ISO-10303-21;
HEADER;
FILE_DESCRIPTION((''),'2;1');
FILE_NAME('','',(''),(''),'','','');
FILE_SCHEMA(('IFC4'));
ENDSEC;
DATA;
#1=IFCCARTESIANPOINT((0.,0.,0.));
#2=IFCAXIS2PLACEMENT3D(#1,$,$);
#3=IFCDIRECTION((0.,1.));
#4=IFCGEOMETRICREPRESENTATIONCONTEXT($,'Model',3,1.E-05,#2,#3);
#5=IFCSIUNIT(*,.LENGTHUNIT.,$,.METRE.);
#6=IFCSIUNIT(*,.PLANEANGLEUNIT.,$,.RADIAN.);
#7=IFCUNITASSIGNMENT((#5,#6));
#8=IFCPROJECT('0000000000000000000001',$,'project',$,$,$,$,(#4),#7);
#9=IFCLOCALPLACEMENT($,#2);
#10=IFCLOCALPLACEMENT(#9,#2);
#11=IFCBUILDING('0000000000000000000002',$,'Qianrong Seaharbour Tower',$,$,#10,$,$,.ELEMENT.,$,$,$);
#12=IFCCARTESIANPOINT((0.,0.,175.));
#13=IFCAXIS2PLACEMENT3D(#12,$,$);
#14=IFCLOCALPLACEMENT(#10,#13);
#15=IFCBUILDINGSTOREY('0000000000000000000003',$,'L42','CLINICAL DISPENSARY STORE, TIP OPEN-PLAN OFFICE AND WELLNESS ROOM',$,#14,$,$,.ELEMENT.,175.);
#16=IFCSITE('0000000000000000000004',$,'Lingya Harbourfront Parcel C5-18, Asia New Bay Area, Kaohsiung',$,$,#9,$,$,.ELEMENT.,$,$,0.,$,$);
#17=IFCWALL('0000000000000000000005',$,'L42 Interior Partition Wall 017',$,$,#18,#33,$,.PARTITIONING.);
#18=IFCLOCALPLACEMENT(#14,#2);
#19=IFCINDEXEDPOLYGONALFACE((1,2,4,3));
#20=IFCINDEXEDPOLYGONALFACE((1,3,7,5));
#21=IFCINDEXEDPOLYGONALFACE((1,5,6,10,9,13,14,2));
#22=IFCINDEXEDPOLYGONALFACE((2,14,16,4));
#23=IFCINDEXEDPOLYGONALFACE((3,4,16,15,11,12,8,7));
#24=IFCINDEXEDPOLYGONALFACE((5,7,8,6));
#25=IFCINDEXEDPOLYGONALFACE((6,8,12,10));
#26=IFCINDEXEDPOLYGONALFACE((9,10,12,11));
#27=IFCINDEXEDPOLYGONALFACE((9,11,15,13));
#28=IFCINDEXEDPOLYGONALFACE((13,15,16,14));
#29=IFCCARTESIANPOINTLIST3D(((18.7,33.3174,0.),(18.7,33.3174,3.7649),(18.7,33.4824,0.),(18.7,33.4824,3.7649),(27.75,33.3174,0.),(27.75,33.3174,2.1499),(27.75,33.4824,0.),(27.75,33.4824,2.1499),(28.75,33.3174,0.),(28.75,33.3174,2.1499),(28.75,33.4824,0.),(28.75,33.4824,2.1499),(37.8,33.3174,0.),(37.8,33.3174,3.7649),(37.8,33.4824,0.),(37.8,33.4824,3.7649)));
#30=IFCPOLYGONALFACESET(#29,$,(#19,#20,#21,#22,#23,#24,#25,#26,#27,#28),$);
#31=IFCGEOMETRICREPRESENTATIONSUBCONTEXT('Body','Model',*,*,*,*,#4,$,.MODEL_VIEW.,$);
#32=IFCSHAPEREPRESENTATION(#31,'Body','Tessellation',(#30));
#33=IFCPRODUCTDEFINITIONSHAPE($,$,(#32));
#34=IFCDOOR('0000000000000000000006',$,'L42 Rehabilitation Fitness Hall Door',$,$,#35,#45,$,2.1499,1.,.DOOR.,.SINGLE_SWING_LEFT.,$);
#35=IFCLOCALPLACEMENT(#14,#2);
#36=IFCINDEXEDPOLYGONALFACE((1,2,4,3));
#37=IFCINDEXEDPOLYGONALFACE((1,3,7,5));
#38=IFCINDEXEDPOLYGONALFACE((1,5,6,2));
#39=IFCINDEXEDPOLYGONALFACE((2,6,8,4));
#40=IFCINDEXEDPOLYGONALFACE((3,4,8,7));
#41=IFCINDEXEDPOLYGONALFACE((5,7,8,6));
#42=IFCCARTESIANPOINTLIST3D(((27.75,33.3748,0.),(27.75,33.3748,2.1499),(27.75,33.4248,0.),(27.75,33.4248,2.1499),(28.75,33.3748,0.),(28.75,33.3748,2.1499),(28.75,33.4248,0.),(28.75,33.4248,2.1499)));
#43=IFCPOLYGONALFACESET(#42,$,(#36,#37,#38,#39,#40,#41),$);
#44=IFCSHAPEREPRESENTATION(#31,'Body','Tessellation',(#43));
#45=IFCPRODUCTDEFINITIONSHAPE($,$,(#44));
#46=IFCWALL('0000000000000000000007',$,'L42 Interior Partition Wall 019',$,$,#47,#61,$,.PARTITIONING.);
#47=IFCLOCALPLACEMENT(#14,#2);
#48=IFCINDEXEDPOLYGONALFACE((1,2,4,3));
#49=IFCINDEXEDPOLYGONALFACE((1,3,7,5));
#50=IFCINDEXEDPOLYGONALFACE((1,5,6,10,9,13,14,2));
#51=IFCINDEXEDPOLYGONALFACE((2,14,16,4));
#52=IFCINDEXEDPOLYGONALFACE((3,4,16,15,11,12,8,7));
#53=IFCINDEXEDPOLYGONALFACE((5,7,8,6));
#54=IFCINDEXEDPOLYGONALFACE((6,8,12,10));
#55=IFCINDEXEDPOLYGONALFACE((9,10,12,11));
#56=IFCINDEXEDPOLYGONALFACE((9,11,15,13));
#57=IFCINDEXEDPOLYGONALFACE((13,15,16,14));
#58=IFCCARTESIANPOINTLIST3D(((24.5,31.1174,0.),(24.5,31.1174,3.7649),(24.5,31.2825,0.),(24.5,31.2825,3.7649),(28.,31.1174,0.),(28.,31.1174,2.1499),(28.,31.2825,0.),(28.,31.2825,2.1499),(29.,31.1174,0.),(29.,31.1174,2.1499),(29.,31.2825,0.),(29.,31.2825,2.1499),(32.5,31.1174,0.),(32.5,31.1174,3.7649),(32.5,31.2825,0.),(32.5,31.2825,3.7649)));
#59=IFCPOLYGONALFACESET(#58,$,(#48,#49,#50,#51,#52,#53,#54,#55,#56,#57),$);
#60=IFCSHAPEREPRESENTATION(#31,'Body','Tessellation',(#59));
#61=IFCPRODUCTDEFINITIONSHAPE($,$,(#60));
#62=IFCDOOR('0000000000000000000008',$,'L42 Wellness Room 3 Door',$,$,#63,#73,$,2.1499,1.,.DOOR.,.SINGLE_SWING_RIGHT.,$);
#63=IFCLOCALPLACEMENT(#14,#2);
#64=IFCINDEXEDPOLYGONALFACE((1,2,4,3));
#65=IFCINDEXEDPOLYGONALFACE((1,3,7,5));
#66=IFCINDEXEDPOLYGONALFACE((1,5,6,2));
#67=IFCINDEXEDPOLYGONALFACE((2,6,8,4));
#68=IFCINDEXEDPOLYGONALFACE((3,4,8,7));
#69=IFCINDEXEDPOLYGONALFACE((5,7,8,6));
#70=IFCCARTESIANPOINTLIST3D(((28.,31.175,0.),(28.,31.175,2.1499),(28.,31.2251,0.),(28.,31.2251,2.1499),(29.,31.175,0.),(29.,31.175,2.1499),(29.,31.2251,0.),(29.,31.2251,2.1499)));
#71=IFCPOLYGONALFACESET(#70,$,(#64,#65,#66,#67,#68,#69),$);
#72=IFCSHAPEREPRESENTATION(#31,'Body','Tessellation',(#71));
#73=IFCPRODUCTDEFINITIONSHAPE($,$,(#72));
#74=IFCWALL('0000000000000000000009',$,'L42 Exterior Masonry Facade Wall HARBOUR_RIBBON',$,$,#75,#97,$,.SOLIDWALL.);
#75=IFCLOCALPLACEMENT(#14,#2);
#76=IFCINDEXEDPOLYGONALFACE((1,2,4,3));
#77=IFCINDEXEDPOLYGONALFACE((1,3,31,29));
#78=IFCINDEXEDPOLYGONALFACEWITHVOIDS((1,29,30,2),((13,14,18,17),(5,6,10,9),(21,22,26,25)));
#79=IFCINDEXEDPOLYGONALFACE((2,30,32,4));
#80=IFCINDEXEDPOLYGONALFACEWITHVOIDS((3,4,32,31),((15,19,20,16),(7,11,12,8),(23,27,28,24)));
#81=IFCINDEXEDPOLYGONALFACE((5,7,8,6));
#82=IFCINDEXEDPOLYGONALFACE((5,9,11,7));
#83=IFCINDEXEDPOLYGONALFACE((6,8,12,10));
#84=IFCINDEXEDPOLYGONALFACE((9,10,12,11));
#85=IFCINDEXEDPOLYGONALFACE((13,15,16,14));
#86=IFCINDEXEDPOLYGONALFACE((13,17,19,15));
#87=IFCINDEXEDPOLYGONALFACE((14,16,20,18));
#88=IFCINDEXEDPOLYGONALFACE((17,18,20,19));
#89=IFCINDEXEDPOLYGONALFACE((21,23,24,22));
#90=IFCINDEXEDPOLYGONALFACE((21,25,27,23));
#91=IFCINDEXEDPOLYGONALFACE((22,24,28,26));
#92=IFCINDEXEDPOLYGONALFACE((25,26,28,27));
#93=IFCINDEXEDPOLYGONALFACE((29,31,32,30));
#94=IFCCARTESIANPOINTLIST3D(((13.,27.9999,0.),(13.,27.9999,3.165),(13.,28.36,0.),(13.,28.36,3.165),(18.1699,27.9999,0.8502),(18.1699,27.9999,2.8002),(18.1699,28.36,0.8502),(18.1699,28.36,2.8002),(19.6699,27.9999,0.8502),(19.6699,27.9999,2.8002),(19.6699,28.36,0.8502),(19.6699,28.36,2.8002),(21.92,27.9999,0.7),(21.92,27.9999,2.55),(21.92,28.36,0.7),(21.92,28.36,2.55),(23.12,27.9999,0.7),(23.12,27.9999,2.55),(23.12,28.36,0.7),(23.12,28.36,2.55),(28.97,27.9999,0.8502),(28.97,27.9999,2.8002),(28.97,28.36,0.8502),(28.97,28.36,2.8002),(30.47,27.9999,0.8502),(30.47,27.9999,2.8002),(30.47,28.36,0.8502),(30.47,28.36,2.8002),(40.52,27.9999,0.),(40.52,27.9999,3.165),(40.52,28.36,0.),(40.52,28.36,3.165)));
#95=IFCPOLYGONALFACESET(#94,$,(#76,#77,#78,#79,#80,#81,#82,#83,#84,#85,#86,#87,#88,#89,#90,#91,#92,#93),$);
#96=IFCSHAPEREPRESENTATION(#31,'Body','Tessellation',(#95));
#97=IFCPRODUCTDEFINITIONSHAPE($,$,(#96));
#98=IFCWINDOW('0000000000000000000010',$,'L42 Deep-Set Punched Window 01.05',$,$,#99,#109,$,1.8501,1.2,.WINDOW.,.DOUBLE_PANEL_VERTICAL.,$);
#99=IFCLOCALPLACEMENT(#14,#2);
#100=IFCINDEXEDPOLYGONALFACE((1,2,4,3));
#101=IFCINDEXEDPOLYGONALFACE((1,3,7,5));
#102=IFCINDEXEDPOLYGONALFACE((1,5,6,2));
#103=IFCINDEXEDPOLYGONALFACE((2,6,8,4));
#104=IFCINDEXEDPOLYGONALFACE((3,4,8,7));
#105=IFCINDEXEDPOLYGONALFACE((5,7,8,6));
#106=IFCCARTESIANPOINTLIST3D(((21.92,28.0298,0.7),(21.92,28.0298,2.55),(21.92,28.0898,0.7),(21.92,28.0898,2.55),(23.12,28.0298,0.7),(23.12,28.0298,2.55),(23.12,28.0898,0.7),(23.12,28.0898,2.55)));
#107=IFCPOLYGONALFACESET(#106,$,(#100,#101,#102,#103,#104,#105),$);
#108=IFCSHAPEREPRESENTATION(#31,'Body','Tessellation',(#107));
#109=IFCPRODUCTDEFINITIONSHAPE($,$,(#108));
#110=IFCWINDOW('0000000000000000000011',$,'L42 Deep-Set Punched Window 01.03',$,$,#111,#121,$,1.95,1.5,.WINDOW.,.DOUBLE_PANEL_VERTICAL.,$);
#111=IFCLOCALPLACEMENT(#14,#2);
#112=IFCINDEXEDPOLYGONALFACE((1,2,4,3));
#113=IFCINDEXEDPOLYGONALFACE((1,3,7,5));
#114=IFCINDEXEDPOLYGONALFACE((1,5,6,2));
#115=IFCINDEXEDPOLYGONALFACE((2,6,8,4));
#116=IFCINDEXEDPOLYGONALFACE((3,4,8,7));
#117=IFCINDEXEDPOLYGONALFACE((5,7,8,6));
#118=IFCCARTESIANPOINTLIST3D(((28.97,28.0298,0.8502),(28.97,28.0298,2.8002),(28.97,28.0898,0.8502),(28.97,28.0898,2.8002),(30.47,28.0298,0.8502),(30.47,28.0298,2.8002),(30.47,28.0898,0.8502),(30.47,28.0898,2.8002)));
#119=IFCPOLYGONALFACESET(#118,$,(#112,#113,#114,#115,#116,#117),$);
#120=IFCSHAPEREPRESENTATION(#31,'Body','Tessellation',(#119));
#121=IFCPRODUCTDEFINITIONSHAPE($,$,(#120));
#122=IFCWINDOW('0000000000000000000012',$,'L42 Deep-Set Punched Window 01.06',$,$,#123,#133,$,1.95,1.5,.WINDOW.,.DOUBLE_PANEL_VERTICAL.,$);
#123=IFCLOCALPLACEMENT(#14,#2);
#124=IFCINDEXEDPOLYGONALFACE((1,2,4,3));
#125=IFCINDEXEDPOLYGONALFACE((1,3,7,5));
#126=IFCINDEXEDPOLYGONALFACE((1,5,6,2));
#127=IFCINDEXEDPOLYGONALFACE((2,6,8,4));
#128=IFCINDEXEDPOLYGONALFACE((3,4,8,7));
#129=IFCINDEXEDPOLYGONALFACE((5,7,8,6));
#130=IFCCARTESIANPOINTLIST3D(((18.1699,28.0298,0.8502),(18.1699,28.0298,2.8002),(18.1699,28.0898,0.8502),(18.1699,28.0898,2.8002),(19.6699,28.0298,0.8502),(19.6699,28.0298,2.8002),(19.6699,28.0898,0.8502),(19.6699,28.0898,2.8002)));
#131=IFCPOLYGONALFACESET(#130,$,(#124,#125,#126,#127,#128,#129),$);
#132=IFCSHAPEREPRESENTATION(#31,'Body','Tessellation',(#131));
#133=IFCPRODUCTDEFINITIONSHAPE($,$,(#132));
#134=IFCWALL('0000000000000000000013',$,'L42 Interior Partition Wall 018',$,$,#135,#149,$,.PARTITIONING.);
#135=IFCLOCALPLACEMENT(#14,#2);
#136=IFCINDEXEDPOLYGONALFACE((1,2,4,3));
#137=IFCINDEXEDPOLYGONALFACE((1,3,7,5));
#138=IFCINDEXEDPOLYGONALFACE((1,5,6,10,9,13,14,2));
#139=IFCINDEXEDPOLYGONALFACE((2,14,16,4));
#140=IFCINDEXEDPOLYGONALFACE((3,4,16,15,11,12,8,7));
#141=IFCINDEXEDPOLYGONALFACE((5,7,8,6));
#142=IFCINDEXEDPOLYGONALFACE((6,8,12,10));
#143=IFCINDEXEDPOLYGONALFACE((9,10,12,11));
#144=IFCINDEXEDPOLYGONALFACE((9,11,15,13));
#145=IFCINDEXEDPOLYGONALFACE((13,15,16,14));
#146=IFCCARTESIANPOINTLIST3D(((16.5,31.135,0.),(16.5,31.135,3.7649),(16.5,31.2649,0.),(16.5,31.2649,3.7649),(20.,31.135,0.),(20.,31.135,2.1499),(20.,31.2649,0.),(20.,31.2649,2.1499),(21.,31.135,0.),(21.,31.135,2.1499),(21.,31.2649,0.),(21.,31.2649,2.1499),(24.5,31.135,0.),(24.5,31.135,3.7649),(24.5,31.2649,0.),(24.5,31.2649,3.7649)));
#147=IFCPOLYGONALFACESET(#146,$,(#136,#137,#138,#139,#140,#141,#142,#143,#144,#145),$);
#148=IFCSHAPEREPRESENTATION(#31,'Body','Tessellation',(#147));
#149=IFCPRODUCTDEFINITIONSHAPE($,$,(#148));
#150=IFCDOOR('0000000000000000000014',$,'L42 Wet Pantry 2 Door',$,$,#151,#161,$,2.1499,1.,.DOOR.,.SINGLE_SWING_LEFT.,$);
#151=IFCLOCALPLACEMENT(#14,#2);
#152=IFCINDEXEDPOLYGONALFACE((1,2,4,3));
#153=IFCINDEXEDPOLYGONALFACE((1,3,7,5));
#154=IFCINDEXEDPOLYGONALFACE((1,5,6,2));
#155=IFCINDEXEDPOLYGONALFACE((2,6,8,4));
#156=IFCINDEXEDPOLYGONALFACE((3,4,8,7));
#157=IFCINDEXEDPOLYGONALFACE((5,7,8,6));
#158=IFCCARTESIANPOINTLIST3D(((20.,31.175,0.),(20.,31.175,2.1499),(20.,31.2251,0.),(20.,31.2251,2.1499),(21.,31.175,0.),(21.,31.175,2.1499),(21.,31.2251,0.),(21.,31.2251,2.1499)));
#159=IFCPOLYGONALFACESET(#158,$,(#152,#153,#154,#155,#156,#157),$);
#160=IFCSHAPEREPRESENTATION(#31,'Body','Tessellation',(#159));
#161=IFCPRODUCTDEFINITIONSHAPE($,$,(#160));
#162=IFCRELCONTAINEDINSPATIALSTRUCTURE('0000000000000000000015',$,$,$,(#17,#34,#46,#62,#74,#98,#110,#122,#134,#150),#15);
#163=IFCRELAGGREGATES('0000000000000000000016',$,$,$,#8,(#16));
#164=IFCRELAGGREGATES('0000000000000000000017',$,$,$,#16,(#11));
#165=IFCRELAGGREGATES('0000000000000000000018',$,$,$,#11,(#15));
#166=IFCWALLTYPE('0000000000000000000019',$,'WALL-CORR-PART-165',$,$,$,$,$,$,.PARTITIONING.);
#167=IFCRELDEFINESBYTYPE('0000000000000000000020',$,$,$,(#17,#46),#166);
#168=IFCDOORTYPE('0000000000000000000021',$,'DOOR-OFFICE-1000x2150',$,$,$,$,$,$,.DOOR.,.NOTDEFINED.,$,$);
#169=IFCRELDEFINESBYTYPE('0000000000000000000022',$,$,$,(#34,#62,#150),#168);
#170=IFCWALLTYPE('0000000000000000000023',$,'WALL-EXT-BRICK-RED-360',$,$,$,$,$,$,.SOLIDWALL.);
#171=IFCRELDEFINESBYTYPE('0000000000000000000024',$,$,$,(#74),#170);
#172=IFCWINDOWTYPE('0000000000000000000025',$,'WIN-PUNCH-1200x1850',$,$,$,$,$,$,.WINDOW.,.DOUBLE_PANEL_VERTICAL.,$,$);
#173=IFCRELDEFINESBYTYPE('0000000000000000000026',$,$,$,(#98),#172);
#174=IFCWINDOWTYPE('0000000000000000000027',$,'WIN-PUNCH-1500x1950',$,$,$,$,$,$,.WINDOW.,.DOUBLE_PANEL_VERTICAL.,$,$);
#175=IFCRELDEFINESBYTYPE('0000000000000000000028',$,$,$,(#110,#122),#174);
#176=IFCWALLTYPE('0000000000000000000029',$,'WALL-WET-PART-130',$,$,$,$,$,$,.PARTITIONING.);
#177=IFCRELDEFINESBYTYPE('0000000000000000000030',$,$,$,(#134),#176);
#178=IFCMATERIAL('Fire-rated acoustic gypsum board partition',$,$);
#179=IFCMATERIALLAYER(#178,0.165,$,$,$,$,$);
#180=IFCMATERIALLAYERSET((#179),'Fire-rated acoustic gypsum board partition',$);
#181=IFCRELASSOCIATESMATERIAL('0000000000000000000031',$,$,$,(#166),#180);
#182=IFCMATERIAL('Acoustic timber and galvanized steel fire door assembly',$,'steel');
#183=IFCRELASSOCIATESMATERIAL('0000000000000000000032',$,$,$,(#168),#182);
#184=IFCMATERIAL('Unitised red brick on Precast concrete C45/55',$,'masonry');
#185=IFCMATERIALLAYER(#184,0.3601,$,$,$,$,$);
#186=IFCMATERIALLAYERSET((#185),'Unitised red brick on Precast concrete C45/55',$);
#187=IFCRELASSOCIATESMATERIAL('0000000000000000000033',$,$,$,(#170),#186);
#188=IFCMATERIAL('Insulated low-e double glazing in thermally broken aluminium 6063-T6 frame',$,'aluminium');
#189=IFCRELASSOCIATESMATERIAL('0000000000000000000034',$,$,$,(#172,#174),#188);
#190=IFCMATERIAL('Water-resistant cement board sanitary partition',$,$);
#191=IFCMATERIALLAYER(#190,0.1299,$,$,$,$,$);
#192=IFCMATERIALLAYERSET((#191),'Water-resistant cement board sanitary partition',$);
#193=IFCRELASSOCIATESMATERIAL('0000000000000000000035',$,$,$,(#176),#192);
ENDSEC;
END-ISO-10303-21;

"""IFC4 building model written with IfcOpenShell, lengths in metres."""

from ifc_helpers import new_model, si_unit, direction, frame, frame_2d, origin, place, context, subcontext, project, spatial, rectangle, extrude, material, layer, layer_set, type_object, element, fill, save


model = new_model("IFC4")

# Units and contexts
model_context = context("Model", 3, precision=1e-05, world=origin(), true_north=direction((0.0, 1.0)))
body_context = subcontext(model_context, "Body", "Model", "MODEL_VIEW")
ifc_project = project(units=[si_unit("LENGTHUNIT", "METRE"), si_unit("PLANEANGLEUNIT", "RADIAN")], contexts=[model_context])

# Site, building, storey
site_placement = place(None, origin())
site = spatial("IfcSite", under=ifc_project, at=site_placement, Name="Lingya Harbourfront Parcel C5-18, Asia New Bay Area, Kaohsiung", CompositionType="ELEMENT", RefElevation=0.0)
building_placement = place(site_placement, origin())
building = spatial("IfcBuilding", under=site, at=building_placement, Name="Qianrong Seaharbour Tower", CompositionType="ELEMENT")
storey_placement = place(building_placement, frame((0.0, 0.0, 175.0)))
storey = spatial("IfcBuildingStorey", under=building, at=storey_placement, Name="L42", Description="CLINICAL DISPENSARY STORE, TIP OPEN-PLAN OFFICE AND WELLNESS ROOM", CompositionType="ELEMENT", Elevation=175.0)

# Walls, openings, doors
ifc_material_1 = material(Name="Fire-rated acoustic gypsum board partition")
ifc_layer_1 = layer(ifc_material_1, 0.165)
ifc_layer_set_1 = layer_set([ifc_layer_1], Name="Fire-rated acoustic gypsum board partition")
wall_type_1 = type_object("IfcWallType", Name="WALL-CORR-PART-165", PredefinedType="PARTITIONING", material=ifc_layer_set_1)
wall_1_placement = place(storey_placement, frame((18.7, 33.3999, 0.0), z_axis=(0.0, 0.0, 1.0), x_axis=(1.0, 0.0, 0.0)))
wall_1 = element("IfcWall", 1, at=wall_1_placement, inside=storey, type_object=wall_type_1, Name="L42 Interior Partition Wall 017", PredefinedType="PARTITIONING", context=body_context, shape_type="SweptSolid", body=[
    extrude(rectangle(XDim=19.1001, YDim=0.165, at=frame_2d((9.55, 0.0))), origin(), (0.0, 0.0, 1.0), 3.7649),
])
opening_1_placement = place(wall_1_placement, frame((9.05, 0.0, 0.0)))
opening_1 = element("IfcOpeningElement", 2, at=opening_1_placement, cuts=wall_1, PredefinedType="OPENING", context=body_context, shape_type="SweptSolid", body=[
    extrude(rectangle(XDim=1.0, YDim=2.1499, at=frame_2d((0.5, 1.075))), frame((0.0, 0.0925, 0.0), z_axis=(0.0, -1.0, 0.0), x_axis=(1.0, 0.0, 0.0)), (0.0, 0.0, 1.0), 0.1851),
])
ifc_material_2 = material(Name="Acoustic timber and galvanized steel fire door assembly", Category="steel")
door_type = type_object("IfcDoorType", Name="DOOR-OFFICE-1000x2150", OperationType="NOTDEFINED", PredefinedType="DOOR", material=ifc_material_2)
door_1_placement = place(opening_1_placement, origin())
door_1 = element("IfcDoor", 3, at=door_1_placement, inside=storey, type_object=door_type, Name="L42 Rehabilitation Fitness Hall Door", OperationType="SINGLE_SWING_LEFT", OverallHeight=2.1499, OverallWidth=1.0, PredefinedType="DOOR", context=body_context, shape_type="SweptSolid", body=[
    extrude(rectangle(XDim=1.0, YDim=2.1499, at=frame_2d((0.5, 1.075))), frame((0.0, 0.0249, 0.0), z_axis=(0.0, -1.0, 0.0), x_axis=(1.0, 0.0, 0.0)), (0.0, 0.0, 1.0), 0.05),
])
fill(opening_1, door_1)
wall_2_placement = place(storey_placement, frame((32.5, 31.2, 0.0), z_axis=(0.0, 0.0, 1.0), x_axis=(-1.0, 0.0, 0.0)))
wall_2 = element("IfcWall", 4, at=wall_2_placement, inside=storey, type_object=wall_type_1, Name="L42 Interior Partition Wall 019", PredefinedType="PARTITIONING", context=body_context, shape_type="SweptSolid", body=[
    extrude(rectangle(XDim=8.0, YDim=0.165, at=frame_2d((4.0, 0.0))), origin(), (0.0, 0.0, 1.0), 3.7649),
])
opening_2_placement = place(wall_2_placement, frame((3.5, 0.0, 0.0)))
opening_2 = element("IfcOpeningElement", 5, at=opening_2_placement, cuts=wall_2, PredefinedType="OPENING", context=body_context, shape_type="SweptSolid", body=[
    extrude(rectangle(XDim=1.0, YDim=2.1499, at=frame_2d((0.5, 1.075))), frame((0.0, 0.0925, 0.0), z_axis=(0.0, -1.0, 0.0), x_axis=(1.0, 0.0, 0.0)), (0.0, 0.0, 1.0), 0.1851),
])
door_2_placement = place(opening_2_placement, origin())
door_2 = element("IfcDoor", 6, at=door_2_placement, inside=storey, type_object=door_type, Name="L42 Wellness Room 3 Door", OperationType="SINGLE_SWING_RIGHT", OverallHeight=2.1499, OverallWidth=1.0, PredefinedType="DOOR", context=body_context, shape_type="SweptSolid", body=[
    extrude(rectangle(XDim=1.0, YDim=2.1499, at=frame_2d((0.5, 1.075))), frame((0.0, 0.0249, 0.0), z_axis=(0.0, -1.0, 0.0), x_axis=(1.0, 0.0, 0.0)), (0.0, 0.0, 1.0), 0.05),
])
fill(opening_2, door_2)

# Wall, openings, windows
ifc_material_3 = material(Name="Unitised red brick on Precast concrete C45/55", Category="masonry")
ifc_layer_2 = layer(ifc_material_3, 0.3601)
ifc_layer_set_2 = layer_set([ifc_layer_2], Name="Unitised red brick on Precast concrete C45/55")
wall_type_2 = type_object("IfcWallType", Name="WALL-EXT-BRICK-RED-360", PredefinedType="SOLIDWALL", material=ifc_layer_set_2)
wall_3_placement = place(storey_placement, frame((40.52, 28.1799, 0.0), z_axis=(0.0, 0.0, 1.0), x_axis=(-1.0, 0.0, 0.0)))
wall_3 = element("IfcWall", 7, at=wall_3_placement, inside=storey, type_object=wall_type_2, Name="L42 Exterior Masonry Facade Wall HARBOUR_RIBBON", PredefinedType="SOLIDWALL", context=body_context, shape_type="SweptSolid", body=[
    extrude(rectangle(XDim=27.52, YDim=0.3601, at=frame_2d((13.76, 0.0))), origin(), (0.0, 0.0, 1.0), 3.165),
])
opening_3_placement = place(wall_3_placement, frame((10.05, 0.0, 0.8501)))
opening_3 = element("IfcOpeningElement", 8, at=opening_3_placement, cuts=wall_3, PredefinedType="OPENING", context=body_context, shape_type="SweptSolid", body=[
    extrude(rectangle(XDim=1.5, YDim=1.95, at=frame_2d((0.75, 0.9751))), frame((0.0, 0.1899, 0.0), z_axis=(0.0, -1.0, 0.0), x_axis=(1.0, 0.0, 0.0)), (0.0, 0.0, 1.0), 0.3801),
])
opening_4_placement = place(wall_3_placement, frame((17.3999, 0.0, 0.7)))
opening_4 = element("IfcOpeningElement", 9, at=opening_4_placement, cuts=wall_3, PredefinedType="OPENING", context=body_context, shape_type="SweptSolid", body=[
    extrude(rectangle(XDim=1.2, YDim=1.8501, at=frame_2d((0.6001, 0.925))), frame((0.0, 0.1899, 0.0), z_axis=(0.0, -1.0, 0.0), x_axis=(1.0, 0.0, 0.0)), (0.0, 0.0, 1.0), 0.3801),
])
opening_5_placement = place(wall_3_placement, frame((20.8501, 0.0, 0.8501)))
opening_5 = element("IfcOpeningElement", 10, at=opening_5_placement, cuts=wall_3, PredefinedType="OPENING", context=body_context, shape_type="SweptSolid", body=[
    extrude(rectangle(XDim=1.5, YDim=1.95, at=frame_2d((0.75, 0.9751))), frame((0.0, 0.1899, 0.0), z_axis=(0.0, -1.0, 0.0), x_axis=(1.0, 0.0, 0.0)), (0.0, 0.0, 1.0), 0.3801),
])
ifc_material_4 = material(Name="Insulated low-e double glazing in thermally broken aluminium 6063-T6 frame", Category="aluminium")
window_type_1 = type_object("IfcWindowType", Name="WIN-PUNCH-1200x1850", PartitioningType="DOUBLE_PANEL_VERTICAL", PredefinedType="WINDOW", material=ifc_material_4)
window_1_placement = place(opening_4_placement, origin())
window_1 = element("IfcWindow", 11, at=window_1_placement, inside=storey, type_object=window_type_1, Name="L42 Deep-Set Punched Window 01.05", OverallHeight=1.8501, OverallWidth=1.2, PartitioningType="DOUBLE_PANEL_VERTICAL", PredefinedType="WINDOW", context=body_context, shape_type="SweptSolid", body=[
    extrude(rectangle(XDim=1.2, YDim=1.8501, at=frame_2d((0.6001, 0.925))), frame((0.0, 0.1501, 0.0), z_axis=(0.0, -1.0, 0.0), x_axis=(1.0, 0.0, 0.0)), (0.0, 0.0, 1.0), 0.0601),
])
fill(opening_4, window_1)
window_type_2 = type_object("IfcWindowType", Name="WIN-PUNCH-1500x1950", PartitioningType="DOUBLE_PANEL_VERTICAL", PredefinedType="WINDOW", material=ifc_material_4)
window_2_placement = place(opening_3_placement, origin())
window_2 = element("IfcWindow", 12, at=window_2_placement, inside=storey, type_object=window_type_2, Name="L42 Deep-Set Punched Window 01.03", OverallHeight=1.95, OverallWidth=1.5, PartitioningType="DOUBLE_PANEL_VERTICAL", PredefinedType="WINDOW", context=body_context, shape_type="SweptSolid", body=[
    extrude(rectangle(XDim=1.5, YDim=1.95, at=frame_2d((0.75, 0.9751))), frame((0.0, 0.1501, 0.0), z_axis=(0.0, -1.0, 0.0), x_axis=(1.0, 0.0, 0.0)), (0.0, 0.0, 1.0), 0.0601),
])
fill(opening_3, window_2)
window_3_placement = place(opening_5_placement, origin())
window_3 = element("IfcWindow", 13, at=window_3_placement, inside=storey, type_object=window_type_2, Name="L42 Deep-Set Punched Window 01.06", OverallHeight=1.95, OverallWidth=1.5, PartitioningType="DOUBLE_PANEL_VERTICAL", PredefinedType="WINDOW", context=body_context, shape_type="SweptSolid", body=[
    extrude(rectangle(XDim=1.5, YDim=1.95, at=frame_2d((0.75, 0.9751))), frame((0.0, 0.1501, 0.0), z_axis=(0.0, -1.0, 0.0), x_axis=(1.0, 0.0, 0.0)), (0.0, 0.0, 1.0), 0.0601),
])
fill(opening_5, window_3)

# Wall, opening, door
ifc_material_5 = material(Name="Water-resistant cement board sanitary partition")
ifc_layer_3 = layer(ifc_material_5, 0.1299)
ifc_layer_set_3 = layer_set([ifc_layer_3], Name="Water-resistant cement board sanitary partition")
wall_type_3 = type_object("IfcWallType", Name="WALL-WET-PART-130", PredefinedType="PARTITIONING", material=ifc_layer_set_3)
wall_4_placement = place(storey_placement, frame((24.5, 31.2, 0.0), z_axis=(0.0, 0.0, 1.0), x_axis=(-1.0, 0.0, 0.0)))
wall_4 = element("IfcWall", 14, at=wall_4_placement, inside=storey, type_object=wall_type_3, Name="L42 Interior Partition Wall 018", PredefinedType="PARTITIONING", context=body_context, shape_type="SweptSolid", body=[
    extrude(rectangle(XDim=8.0, YDim=0.1299, at=frame_2d((4.0, 0.0))), origin(), (0.0, 0.0, 1.0), 3.7649),
])
opening_6_placement = place(wall_4_placement, frame((3.5, 0.0, 0.0)))
opening_6 = element("IfcOpeningElement", 15, at=opening_6_placement, cuts=wall_4, PredefinedType="OPENING", context=body_context, shape_type="SweptSolid", body=[
    extrude(rectangle(XDim=1.0, YDim=2.1499, at=frame_2d((0.5, 1.075))), frame((0.0, 0.075, 0.0), z_axis=(0.0, -1.0, 0.0), x_axis=(1.0, 0.0, 0.0)), (0.0, 0.0, 1.0), 0.1499),
])
door_3_placement = place(opening_6_placement, origin())
door_3 = element("IfcDoor", 16, at=door_3_placement, inside=storey, type_object=door_type, Name="L42 Wet Pantry 2 Door", OperationType="SINGLE_SWING_LEFT", OverallHeight=2.1499, OverallWidth=1.0, PredefinedType="DOOR", context=body_context, shape_type="SweptSolid", body=[
    extrude(rectangle(XDim=1.0, YDim=2.1499, at=frame_2d((0.5, 1.075))), frame((0.0, 0.0249, 0.0), z_axis=(0.0, -1.0, 0.0), x_axis=(1.0, 0.0, 0.0)), (0.0, 0.0, 1.0), 0.05),
])
fill(opening_6, door_3)

save(model, "model.ifc")
